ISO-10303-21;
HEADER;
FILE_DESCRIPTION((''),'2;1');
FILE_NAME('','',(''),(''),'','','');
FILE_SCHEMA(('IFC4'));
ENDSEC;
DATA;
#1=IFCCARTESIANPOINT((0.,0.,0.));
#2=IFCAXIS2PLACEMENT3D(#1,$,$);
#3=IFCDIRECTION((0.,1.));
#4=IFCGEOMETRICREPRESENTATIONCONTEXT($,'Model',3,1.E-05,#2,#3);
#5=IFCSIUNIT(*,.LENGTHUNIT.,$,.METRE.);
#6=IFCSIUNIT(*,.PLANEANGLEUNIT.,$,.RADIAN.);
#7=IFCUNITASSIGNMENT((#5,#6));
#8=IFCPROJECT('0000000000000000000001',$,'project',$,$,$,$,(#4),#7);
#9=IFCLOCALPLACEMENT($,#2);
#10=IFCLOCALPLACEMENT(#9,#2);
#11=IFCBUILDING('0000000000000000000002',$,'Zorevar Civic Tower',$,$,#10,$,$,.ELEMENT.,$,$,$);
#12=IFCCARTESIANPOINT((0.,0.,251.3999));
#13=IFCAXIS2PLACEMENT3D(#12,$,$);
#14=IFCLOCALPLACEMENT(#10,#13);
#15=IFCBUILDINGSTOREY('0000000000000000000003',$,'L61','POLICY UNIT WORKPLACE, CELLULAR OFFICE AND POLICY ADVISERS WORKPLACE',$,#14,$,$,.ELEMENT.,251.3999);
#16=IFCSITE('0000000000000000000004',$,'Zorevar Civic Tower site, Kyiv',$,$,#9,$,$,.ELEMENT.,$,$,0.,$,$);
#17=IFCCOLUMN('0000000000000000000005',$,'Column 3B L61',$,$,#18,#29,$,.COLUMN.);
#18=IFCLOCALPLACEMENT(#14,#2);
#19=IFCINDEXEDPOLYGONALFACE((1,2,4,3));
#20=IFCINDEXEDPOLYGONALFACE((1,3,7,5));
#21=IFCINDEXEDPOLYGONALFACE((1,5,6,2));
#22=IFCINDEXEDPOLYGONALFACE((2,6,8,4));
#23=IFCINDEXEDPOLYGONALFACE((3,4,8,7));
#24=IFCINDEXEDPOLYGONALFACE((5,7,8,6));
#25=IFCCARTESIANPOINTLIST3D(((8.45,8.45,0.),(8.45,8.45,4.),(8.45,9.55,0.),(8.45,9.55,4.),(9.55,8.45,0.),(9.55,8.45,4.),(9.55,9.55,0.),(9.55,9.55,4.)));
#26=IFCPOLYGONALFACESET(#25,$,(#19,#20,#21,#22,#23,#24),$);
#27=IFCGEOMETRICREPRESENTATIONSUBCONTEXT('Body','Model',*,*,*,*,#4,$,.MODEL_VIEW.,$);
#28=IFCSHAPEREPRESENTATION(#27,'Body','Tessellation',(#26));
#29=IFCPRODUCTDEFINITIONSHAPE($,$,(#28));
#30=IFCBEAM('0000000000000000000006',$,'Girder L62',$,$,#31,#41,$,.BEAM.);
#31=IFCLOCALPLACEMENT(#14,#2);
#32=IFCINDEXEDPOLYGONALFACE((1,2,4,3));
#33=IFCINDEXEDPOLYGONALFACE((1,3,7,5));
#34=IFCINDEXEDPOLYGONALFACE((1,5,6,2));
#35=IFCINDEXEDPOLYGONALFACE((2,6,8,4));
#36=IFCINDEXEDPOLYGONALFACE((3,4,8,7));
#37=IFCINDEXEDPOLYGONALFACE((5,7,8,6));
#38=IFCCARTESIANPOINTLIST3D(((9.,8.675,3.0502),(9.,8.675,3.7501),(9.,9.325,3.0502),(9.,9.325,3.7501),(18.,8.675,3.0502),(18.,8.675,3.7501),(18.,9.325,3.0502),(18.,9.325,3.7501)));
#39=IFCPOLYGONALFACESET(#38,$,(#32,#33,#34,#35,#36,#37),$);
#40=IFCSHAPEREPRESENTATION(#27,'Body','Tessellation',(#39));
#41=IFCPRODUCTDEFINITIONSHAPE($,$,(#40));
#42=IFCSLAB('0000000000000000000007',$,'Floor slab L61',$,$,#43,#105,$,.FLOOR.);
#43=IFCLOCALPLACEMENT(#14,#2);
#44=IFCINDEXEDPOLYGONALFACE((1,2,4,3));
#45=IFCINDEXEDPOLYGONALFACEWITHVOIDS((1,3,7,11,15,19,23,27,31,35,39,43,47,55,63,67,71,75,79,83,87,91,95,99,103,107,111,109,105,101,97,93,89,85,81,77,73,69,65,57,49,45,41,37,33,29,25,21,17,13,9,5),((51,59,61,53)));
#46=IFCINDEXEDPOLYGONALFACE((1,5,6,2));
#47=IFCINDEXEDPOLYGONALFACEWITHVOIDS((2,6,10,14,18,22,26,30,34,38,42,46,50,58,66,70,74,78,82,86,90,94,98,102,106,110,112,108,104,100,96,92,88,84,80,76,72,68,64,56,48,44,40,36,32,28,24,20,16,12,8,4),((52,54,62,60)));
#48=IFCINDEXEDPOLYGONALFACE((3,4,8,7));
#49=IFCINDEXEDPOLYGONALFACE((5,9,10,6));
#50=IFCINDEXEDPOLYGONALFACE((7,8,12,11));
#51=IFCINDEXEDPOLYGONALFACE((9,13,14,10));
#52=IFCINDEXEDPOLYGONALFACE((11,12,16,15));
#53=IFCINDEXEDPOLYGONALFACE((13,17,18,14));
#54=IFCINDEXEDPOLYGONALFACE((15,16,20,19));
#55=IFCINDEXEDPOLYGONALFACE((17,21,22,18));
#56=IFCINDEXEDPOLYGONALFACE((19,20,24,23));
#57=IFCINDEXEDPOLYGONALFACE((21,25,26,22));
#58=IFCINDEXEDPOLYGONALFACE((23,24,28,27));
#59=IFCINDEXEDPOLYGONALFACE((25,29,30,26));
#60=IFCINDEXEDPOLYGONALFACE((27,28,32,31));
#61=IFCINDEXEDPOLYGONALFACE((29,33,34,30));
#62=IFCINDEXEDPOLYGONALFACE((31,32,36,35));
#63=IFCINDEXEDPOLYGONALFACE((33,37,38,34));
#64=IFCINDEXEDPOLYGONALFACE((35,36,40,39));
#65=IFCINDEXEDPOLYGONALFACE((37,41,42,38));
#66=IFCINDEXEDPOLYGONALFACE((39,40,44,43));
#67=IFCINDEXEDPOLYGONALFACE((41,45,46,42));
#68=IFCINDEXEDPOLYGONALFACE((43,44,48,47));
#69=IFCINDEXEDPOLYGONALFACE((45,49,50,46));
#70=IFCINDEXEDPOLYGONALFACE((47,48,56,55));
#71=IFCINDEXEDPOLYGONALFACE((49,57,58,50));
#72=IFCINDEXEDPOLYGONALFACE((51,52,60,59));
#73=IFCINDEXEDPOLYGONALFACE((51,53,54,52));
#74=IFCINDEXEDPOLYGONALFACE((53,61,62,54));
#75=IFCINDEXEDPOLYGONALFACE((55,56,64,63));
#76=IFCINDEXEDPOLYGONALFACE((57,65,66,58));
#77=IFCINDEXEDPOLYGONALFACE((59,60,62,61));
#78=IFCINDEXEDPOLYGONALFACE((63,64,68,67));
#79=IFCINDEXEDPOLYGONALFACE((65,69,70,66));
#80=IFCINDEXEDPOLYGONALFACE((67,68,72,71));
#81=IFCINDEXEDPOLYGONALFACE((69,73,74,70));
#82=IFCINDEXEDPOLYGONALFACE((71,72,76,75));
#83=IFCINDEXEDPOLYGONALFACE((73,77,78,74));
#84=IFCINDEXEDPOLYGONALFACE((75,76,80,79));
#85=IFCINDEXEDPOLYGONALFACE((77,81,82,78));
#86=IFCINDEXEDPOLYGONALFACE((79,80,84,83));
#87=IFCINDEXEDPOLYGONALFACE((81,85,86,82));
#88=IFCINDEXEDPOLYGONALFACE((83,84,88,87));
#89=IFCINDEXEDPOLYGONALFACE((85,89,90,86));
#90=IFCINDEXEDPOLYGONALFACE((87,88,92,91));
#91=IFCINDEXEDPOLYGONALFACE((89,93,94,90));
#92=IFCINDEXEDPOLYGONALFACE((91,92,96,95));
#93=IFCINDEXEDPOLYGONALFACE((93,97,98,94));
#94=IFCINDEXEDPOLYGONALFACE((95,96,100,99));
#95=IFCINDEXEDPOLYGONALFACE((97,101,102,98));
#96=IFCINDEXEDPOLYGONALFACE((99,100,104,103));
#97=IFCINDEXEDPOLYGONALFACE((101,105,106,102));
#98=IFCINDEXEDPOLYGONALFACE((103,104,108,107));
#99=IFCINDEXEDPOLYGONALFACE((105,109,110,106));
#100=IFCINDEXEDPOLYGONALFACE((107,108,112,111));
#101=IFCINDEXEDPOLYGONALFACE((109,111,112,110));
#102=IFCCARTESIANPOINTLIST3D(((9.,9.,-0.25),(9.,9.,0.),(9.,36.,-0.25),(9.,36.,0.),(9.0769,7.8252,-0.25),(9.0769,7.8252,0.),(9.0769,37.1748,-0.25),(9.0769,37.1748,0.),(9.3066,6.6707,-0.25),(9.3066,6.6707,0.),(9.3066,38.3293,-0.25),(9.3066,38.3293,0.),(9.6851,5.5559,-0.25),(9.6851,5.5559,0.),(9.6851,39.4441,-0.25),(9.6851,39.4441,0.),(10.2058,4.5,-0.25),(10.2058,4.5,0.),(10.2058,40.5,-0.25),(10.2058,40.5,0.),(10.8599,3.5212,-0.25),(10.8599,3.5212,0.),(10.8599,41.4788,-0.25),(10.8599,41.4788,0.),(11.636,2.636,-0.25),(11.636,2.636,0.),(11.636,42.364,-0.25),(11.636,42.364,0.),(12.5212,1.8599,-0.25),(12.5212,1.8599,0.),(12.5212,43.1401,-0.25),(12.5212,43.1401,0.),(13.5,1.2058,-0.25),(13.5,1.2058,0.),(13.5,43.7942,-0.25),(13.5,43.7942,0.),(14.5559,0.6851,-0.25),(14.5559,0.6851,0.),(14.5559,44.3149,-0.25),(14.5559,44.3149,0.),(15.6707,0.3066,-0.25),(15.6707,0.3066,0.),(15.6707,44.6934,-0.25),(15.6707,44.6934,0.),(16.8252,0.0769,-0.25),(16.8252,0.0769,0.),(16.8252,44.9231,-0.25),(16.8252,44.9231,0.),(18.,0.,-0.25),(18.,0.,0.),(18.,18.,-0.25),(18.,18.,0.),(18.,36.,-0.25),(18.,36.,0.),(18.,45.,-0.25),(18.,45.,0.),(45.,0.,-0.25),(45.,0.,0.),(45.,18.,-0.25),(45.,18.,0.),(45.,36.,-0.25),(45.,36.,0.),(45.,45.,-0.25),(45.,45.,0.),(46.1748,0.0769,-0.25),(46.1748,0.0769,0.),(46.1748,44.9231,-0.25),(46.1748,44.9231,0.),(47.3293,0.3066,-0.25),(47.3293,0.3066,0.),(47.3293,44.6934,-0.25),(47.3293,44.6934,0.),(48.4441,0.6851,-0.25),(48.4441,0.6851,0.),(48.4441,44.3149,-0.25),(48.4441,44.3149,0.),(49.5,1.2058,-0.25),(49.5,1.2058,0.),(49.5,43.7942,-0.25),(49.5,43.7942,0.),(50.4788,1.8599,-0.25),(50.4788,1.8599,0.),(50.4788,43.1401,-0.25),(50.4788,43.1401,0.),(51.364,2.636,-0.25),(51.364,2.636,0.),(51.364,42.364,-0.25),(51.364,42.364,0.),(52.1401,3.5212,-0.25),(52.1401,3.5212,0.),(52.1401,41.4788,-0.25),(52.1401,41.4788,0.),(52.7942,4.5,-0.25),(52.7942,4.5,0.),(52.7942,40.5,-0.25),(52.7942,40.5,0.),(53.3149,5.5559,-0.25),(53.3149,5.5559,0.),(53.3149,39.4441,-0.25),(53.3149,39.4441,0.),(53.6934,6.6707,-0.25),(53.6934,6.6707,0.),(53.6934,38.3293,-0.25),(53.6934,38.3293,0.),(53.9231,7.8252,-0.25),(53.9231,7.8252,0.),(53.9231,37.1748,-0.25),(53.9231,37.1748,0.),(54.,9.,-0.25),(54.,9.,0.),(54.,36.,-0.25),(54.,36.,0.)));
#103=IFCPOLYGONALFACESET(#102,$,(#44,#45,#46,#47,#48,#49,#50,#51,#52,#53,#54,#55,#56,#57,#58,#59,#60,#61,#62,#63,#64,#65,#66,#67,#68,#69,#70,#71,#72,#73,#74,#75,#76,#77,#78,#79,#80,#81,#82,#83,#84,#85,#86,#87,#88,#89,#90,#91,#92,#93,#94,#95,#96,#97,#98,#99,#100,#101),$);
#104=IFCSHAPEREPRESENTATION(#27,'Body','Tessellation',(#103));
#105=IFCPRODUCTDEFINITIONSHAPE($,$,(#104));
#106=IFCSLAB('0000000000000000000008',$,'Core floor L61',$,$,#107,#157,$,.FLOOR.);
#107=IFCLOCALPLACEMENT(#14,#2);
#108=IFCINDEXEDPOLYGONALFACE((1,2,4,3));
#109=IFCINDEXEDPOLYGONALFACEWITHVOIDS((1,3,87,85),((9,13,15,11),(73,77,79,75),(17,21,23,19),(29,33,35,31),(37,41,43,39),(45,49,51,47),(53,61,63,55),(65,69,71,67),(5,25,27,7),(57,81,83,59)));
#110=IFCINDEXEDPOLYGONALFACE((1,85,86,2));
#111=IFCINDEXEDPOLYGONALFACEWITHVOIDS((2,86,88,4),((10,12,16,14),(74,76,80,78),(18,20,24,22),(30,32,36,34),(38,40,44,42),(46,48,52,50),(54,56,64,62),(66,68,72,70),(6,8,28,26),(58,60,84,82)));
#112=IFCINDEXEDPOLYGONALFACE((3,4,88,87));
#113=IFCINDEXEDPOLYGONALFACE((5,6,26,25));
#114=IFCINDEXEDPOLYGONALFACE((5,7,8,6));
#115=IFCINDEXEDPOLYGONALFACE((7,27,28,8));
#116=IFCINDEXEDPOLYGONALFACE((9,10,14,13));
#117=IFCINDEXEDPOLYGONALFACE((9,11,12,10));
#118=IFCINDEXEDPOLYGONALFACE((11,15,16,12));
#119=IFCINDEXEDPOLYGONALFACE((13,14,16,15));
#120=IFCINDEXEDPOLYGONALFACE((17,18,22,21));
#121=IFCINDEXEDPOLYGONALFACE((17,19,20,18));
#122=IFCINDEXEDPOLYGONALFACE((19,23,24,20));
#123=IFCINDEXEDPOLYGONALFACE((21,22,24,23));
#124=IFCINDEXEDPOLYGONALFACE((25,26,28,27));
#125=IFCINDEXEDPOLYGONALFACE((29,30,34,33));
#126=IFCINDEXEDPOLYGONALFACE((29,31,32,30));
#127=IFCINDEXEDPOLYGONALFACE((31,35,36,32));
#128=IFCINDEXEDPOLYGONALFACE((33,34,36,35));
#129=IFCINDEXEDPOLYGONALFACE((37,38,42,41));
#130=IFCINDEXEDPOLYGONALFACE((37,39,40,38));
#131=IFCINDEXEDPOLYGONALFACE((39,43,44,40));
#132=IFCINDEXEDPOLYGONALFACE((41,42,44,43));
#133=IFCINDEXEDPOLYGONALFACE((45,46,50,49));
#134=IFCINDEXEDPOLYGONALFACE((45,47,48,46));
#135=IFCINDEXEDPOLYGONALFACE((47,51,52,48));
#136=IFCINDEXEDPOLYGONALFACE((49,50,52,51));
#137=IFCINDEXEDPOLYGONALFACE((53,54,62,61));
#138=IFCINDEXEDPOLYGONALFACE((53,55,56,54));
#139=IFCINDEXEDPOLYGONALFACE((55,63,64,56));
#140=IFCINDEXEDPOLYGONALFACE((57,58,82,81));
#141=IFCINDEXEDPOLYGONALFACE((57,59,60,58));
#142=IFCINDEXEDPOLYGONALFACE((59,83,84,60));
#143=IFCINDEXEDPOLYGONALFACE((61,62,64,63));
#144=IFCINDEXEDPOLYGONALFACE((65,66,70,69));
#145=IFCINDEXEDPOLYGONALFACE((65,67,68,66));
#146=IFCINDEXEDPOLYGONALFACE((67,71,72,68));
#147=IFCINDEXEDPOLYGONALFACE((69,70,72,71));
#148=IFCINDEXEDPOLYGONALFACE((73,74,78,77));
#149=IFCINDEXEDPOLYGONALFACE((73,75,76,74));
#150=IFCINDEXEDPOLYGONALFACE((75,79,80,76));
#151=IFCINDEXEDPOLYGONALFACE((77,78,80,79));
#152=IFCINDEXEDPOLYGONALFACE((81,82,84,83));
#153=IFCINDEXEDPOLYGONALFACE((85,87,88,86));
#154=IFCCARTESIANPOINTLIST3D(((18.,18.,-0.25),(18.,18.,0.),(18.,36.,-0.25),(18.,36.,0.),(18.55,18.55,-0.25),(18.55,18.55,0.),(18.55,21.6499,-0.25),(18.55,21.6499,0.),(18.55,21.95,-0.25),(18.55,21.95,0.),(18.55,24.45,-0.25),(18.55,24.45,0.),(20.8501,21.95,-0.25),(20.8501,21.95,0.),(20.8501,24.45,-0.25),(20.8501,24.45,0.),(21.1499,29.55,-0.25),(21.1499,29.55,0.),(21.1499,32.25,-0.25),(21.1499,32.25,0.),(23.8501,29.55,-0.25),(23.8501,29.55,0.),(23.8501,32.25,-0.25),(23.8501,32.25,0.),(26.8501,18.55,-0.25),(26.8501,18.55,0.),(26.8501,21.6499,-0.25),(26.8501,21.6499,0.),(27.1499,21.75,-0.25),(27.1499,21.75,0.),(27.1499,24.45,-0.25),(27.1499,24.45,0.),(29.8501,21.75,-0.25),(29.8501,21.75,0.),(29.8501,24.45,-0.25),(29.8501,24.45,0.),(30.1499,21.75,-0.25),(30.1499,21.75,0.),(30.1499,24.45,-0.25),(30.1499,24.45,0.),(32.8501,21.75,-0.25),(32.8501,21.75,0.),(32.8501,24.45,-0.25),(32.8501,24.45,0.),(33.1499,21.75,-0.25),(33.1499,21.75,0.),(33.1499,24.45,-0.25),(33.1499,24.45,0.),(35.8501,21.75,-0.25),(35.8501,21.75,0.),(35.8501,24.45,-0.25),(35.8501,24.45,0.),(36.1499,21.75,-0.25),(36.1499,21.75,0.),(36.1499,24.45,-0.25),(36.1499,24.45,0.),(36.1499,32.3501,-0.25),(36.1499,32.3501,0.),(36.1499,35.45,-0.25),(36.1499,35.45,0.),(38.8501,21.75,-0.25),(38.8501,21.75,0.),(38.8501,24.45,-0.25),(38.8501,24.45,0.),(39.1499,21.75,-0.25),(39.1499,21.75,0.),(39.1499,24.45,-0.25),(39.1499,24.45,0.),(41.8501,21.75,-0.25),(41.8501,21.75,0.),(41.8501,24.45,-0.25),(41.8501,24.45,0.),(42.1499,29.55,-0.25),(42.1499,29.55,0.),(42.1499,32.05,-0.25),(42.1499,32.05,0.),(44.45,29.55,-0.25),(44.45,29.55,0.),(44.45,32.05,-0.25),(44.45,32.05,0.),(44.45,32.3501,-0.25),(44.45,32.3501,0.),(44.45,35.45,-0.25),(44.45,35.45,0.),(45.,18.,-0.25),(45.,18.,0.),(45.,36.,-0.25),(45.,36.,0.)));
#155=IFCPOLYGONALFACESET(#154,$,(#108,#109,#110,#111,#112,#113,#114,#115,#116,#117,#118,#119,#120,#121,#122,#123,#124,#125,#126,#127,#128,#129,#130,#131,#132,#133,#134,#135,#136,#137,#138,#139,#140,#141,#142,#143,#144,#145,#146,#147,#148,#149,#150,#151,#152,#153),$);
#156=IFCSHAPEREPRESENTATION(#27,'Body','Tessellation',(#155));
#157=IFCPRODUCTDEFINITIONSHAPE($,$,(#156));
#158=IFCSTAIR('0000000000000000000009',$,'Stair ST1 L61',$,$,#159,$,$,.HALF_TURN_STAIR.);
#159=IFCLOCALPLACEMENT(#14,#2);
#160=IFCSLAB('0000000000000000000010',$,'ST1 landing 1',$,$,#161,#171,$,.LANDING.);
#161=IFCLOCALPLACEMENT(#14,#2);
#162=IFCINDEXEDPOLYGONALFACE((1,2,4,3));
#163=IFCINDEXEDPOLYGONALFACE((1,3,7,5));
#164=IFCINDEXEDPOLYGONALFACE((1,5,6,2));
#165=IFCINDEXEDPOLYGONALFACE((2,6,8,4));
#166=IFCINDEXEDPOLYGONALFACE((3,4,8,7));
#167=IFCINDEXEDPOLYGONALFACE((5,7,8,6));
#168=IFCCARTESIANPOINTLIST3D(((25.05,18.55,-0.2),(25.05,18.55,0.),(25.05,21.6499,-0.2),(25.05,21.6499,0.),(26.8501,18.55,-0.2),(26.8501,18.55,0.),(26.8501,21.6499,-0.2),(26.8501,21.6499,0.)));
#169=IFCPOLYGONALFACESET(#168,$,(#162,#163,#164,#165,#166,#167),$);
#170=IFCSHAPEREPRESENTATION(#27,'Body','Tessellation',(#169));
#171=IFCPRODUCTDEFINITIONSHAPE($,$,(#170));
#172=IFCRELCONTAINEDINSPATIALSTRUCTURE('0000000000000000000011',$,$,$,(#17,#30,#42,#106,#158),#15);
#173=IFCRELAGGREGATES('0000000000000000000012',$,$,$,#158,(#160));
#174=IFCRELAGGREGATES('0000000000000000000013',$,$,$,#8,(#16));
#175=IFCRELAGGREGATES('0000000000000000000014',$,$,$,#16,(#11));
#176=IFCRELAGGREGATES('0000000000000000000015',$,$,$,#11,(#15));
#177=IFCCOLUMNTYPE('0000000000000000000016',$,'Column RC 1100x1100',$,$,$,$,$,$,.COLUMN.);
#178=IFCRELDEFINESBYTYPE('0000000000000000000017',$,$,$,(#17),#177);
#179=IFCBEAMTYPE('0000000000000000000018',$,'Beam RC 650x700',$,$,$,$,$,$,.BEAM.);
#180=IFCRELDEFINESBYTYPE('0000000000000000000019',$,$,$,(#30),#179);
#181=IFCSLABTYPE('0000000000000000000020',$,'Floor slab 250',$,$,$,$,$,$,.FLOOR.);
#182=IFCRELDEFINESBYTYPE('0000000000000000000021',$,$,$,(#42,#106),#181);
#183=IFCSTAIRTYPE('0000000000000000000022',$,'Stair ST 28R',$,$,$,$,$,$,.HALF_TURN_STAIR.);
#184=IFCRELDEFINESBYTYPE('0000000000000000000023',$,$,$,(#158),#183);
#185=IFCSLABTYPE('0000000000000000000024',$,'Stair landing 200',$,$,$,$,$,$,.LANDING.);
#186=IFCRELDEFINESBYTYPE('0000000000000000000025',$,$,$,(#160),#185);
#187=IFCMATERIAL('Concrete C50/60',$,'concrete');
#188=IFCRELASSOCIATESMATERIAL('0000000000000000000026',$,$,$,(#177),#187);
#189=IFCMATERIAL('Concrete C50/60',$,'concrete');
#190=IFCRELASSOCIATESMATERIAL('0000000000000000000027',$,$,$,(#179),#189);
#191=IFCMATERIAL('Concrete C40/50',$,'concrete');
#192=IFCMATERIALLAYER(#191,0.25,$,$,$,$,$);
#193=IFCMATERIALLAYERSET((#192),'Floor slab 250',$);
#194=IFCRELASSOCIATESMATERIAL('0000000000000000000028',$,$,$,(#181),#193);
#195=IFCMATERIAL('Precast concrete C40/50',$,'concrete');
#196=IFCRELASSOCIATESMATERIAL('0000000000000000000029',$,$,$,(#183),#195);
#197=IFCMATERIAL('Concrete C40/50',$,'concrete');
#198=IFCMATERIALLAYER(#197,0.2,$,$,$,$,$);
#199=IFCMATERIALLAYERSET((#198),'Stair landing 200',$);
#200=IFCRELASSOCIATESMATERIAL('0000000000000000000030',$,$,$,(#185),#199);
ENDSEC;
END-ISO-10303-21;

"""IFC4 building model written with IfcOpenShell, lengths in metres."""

from ifc_helpers import new_model, si_unit, direction, frame, origin, origin_2d, place, context, subcontext, project, spatial, polyline, rectangle, outline, extrude, material, layer, layer_set, material_profile, profile_set, type_object, element, aggregate, save


model = new_model("IFC4")

# Units and contexts
model_context = context("Model", 3, precision=1e-05, world=origin(), true_north=direction((0.0, 1.0)))
body_context = subcontext(model_context, "Body", "Model", "MODEL_VIEW")
ifc_project = project(units=[si_unit("LENGTHUNIT", "METRE"), si_unit("PLANEANGLEUNIT", "RADIAN")], contexts=[model_context])

# Site, building, storey
site_placement = place(None, origin())
site = spatial("IfcSite", under=ifc_project, at=site_placement, Name="Zorevar Civic Tower site, Kyiv", CompositionType="ELEMENT", RefElevation=0.0)
building_placement = place(site_placement, origin())
building = spatial("IfcBuilding", under=site, at=building_placement, Name="Zorevar Civic Tower", CompositionType="ELEMENT")
storey_placement = place(building_placement, frame((0.0, 0.0, 251.3999)))
storey = spatial("IfcBuildingStorey", under=building, at=storey_placement, Name="L61", Description="POLICY UNIT WORKPLACE, CELLULAR OFFICE AND POLICY ADVISERS WORKPLACE", CompositionType="ELEMENT", Elevation=251.3999)

# Column
ifc_material_1 = material(Name="Concrete C50/60", Category="concrete")
ifc_material_profile_1 = material_profile(ifc_material_1, rectangle(XDim=1.1001, YDim=1.1001, at=origin_2d()), Name="RC 1100x1100")
ifc_profile_set_1 = profile_set([ifc_material_profile_1], Name="Concrete C50/60")
column_type = type_object("IfcColumnType", Name="Column RC 1100x1100", PredefinedType="COLUMN", material=ifc_profile_set_1)
column_placement = place(storey_placement, frame((9.0, 9.0, 0.0), z_axis=(0.0, 0.0, 1.0), x_axis=(1.0, 0.0, 0.0)))
element("IfcColumn", 1, at=column_placement, inside=storey, type_object=column_type, Name="Column 3B L61", PredefinedType="COLUMN", context=body_context, shape_type="SweptSolid", body=[
    extrude(rectangle(XDim=1.1001, YDim=1.1001, at=origin_2d()), origin(), (0.0, 0.0, 1.0), 4.0),
])

# Beam
ifc_material_2 = material(Name="Concrete C50/60", Category="concrete")
ifc_material_profile_2 = material_profile(ifc_material_2, rectangle(XDim=0.6499, YDim=0.7, at=origin_2d()), Name="RC 650x700")
ifc_profile_set_2 = profile_set([ifc_material_profile_2], Name="Concrete C50/60")
beam_type = type_object("IfcBeamType", Name="Beam RC 650x700", PredefinedType="BEAM", material=ifc_profile_set_2)
beam_placement = place(storey_placement, frame((9.0, 9.0, 3.4001), z_axis=(1.0, 0.0, 0.0), x_axis=(0.0, 1.0, 0.0)))
element("IfcBeam", 2, at=beam_placement, inside=storey, type_object=beam_type, Name="Girder L62", PredefinedType="BEAM", context=body_context, shape_type="SweptSolid", body=[
    extrude(rectangle(XDim=0.6499, YDim=0.7, at=origin_2d()), origin(), (0.0, 0.0, 1.0), 9.0),
])

# Slabs
ifc_material_3 = material(Name="Concrete C40/50", Category="concrete")
ifc_layer_1 = layer(ifc_material_3, 0.25)
ifc_layer_set_1 = layer_set([ifc_layer_1], Name="Floor slab 250")
slab_type_1 = type_object("IfcSlabType", Name="Floor slab 250", PredefinedType="FLOOR", material=ifc_layer_set_1)
slab_1_placement = place(storey_placement, frame((0.0, 0.0, -0.25)))
element("IfcSlab", 3, at=slab_1_placement, inside=storey, type_object=slab_type_1, Name="Floor slab L61", PredefinedType="FLOOR", context=body_context, shape_type="SweptSolid", body=[
    extrude(outline(polyline([(45.0, 0.0), (46.1748, 0.0769), (47.3293, 0.3066), (48.4441, 0.6851), (49.5, 1.2058), (50.4788, 1.8599), (51.364, 2.636), (52.1401, 3.5212), (52.7942, 4.5), (53.3149, 5.5559), (53.6934, 6.6707), (53.9231, 7.8252), (54.0, 9.0), (54.0, 36.0), (53.9231, 37.1748), (53.6934, 38.3293), (53.3149, 39.4441), (52.7942, 40.5), (52.1401, 41.4788), (51.364, 42.364), (50.4788, 43.1401), (49.5, 43.7942), (48.4441, 44.3149), (47.3293, 44.6934), (46.1748, 44.9231), (45.0, 45.0), (18.0, 45.0), (16.8252, 44.9231), (15.6707, 44.6934), (14.5559, 44.3149), (13.5, 43.7942), (12.5212, 43.1401), (11.636, 42.364), (10.8599, 41.4788), (10.2058, 40.5), (9.6851, 39.4441), (9.3066, 38.3293), (9.0769, 37.1748), (9.0, 36.0), (9.0, 9.0), (9.0769, 7.8252), (9.3066, 6.6707), (9.6851, 5.5559), (10.2058, 4.5), (10.8599, 3.5212), (11.636, 2.636), (12.5212, 1.8599), (13.5, 1.2058), (14.5559, 0.6851), (15.6707, 0.3066), (16.8252, 0.0769), (18.0, 0.0), (45.0, 0.0)]), holes=[polyline([(18.0, 18.0), (45.0, 18.0), (45.0, 36.0), (18.0, 36.0), (18.0, 18.0)])]), origin(), (0.0, 0.0, 1.0), 0.25),
])
slab_2_placement = place(storey_placement, frame((0.0, 0.0, -0.25)))
element("IfcSlab", 4, at=slab_2_placement, inside=storey, type_object=slab_type_1, Name="Core floor L61", PredefinedType="FLOOR", context=body_context, shape_type="SweptSolid", body=[
    extrude(outline(polyline([(18.0, 18.0), (45.0, 18.0), (45.0, 36.0), (18.0, 36.0), (18.0, 18.0)]), holes=[polyline([(18.55, 18.55), (26.8501, 18.55), (26.8501, 21.6499), (18.55, 21.6499), (18.55, 18.55)]), polyline([(36.1499, 32.3501), (44.45, 32.3501), (44.45, 35.45), (36.1499, 35.45), (36.1499, 32.3501)]), polyline([(18.55, 21.95), (20.8501, 21.95), (20.8501, 24.45), (18.55, 24.45), (18.55, 21.95)]), polyline([(42.1499, 29.55), (44.45, 29.55), (44.45, 32.05), (42.1499, 32.05), (42.1499, 29.55)]), polyline([(27.1499, 21.75), (29.8501, 21.75), (29.8501, 24.45), (27.1499, 24.45), (27.1499, 21.75)]), polyline([(30.1499, 21.75), (32.8501, 21.75), (32.8501, 24.45), (30.1499, 24.45), (30.1499, 21.75)]), polyline([(33.1499, 21.75), (35.8501, 21.75), (35.8501, 24.45), (33.1499, 24.45), (33.1499, 21.75)]), polyline([(36.1499, 21.75), (38.8501, 21.75), (38.8501, 24.45), (36.1499, 24.45), (36.1499, 21.75)]), polyline([(39.1499, 21.75), (41.8501, 21.75), (41.8501, 24.45), (39.1499, 24.45), (39.1499, 21.75)]), polyline([(21.1499, 29.55), (23.8501, 29.55), (23.8501, 32.25), (21.1499, 32.25), (21.1499, 29.55)])]), origin(), (0.0, 0.0, 1.0), 0.25),
])

# Stair, slab
ifc_material_4 = material(Name="Precast concrete C40/50", Category="concrete")
stair_type = type_object("IfcStairType", Name="Stair ST 28R", PredefinedType="HALF_TURN_STAIR", material=ifc_material_4)
stair_1_placement = place(storey_placement, origin())
stair_1 = element("IfcStair", 5, at=stair_1_placement, inside=storey, type_object=stair_type, Name="Stair ST1 L61", PredefinedType="HALF_TURN_STAIR")
ifc_material_5 = material(Name="Concrete C40/50", Category="concrete")
ifc_layer_2 = layer(ifc_material_5, 0.2)
ifc_layer_set_2 = layer_set([ifc_layer_2], Name="Stair landing 200")
slab_type_2 = type_object("IfcSlabType", Name="Stair landing 200", PredefinedType="LANDING", material=ifc_layer_set_2)
slab_3_placement = place(storey_placement, frame((0.0, 0.0, -0.2)))
slab_3 = element("IfcSlab", 6, at=slab_3_placement, type_object=slab_type_2, Name="ST1 landing 1", PredefinedType="LANDING", context=body_context, shape_type="SweptSolid", body=[
    extrude(outline(polyline([(25.05, 18.55), (26.8501, 18.55), (26.8501, 21.6499), (25.05, 21.6499), (25.05, 18.55)])), origin(), (0.0, 0.0, 1.0), 0.2),
])
aggregate(stair_1, [slab_3])

save(model, "model.ifc")
